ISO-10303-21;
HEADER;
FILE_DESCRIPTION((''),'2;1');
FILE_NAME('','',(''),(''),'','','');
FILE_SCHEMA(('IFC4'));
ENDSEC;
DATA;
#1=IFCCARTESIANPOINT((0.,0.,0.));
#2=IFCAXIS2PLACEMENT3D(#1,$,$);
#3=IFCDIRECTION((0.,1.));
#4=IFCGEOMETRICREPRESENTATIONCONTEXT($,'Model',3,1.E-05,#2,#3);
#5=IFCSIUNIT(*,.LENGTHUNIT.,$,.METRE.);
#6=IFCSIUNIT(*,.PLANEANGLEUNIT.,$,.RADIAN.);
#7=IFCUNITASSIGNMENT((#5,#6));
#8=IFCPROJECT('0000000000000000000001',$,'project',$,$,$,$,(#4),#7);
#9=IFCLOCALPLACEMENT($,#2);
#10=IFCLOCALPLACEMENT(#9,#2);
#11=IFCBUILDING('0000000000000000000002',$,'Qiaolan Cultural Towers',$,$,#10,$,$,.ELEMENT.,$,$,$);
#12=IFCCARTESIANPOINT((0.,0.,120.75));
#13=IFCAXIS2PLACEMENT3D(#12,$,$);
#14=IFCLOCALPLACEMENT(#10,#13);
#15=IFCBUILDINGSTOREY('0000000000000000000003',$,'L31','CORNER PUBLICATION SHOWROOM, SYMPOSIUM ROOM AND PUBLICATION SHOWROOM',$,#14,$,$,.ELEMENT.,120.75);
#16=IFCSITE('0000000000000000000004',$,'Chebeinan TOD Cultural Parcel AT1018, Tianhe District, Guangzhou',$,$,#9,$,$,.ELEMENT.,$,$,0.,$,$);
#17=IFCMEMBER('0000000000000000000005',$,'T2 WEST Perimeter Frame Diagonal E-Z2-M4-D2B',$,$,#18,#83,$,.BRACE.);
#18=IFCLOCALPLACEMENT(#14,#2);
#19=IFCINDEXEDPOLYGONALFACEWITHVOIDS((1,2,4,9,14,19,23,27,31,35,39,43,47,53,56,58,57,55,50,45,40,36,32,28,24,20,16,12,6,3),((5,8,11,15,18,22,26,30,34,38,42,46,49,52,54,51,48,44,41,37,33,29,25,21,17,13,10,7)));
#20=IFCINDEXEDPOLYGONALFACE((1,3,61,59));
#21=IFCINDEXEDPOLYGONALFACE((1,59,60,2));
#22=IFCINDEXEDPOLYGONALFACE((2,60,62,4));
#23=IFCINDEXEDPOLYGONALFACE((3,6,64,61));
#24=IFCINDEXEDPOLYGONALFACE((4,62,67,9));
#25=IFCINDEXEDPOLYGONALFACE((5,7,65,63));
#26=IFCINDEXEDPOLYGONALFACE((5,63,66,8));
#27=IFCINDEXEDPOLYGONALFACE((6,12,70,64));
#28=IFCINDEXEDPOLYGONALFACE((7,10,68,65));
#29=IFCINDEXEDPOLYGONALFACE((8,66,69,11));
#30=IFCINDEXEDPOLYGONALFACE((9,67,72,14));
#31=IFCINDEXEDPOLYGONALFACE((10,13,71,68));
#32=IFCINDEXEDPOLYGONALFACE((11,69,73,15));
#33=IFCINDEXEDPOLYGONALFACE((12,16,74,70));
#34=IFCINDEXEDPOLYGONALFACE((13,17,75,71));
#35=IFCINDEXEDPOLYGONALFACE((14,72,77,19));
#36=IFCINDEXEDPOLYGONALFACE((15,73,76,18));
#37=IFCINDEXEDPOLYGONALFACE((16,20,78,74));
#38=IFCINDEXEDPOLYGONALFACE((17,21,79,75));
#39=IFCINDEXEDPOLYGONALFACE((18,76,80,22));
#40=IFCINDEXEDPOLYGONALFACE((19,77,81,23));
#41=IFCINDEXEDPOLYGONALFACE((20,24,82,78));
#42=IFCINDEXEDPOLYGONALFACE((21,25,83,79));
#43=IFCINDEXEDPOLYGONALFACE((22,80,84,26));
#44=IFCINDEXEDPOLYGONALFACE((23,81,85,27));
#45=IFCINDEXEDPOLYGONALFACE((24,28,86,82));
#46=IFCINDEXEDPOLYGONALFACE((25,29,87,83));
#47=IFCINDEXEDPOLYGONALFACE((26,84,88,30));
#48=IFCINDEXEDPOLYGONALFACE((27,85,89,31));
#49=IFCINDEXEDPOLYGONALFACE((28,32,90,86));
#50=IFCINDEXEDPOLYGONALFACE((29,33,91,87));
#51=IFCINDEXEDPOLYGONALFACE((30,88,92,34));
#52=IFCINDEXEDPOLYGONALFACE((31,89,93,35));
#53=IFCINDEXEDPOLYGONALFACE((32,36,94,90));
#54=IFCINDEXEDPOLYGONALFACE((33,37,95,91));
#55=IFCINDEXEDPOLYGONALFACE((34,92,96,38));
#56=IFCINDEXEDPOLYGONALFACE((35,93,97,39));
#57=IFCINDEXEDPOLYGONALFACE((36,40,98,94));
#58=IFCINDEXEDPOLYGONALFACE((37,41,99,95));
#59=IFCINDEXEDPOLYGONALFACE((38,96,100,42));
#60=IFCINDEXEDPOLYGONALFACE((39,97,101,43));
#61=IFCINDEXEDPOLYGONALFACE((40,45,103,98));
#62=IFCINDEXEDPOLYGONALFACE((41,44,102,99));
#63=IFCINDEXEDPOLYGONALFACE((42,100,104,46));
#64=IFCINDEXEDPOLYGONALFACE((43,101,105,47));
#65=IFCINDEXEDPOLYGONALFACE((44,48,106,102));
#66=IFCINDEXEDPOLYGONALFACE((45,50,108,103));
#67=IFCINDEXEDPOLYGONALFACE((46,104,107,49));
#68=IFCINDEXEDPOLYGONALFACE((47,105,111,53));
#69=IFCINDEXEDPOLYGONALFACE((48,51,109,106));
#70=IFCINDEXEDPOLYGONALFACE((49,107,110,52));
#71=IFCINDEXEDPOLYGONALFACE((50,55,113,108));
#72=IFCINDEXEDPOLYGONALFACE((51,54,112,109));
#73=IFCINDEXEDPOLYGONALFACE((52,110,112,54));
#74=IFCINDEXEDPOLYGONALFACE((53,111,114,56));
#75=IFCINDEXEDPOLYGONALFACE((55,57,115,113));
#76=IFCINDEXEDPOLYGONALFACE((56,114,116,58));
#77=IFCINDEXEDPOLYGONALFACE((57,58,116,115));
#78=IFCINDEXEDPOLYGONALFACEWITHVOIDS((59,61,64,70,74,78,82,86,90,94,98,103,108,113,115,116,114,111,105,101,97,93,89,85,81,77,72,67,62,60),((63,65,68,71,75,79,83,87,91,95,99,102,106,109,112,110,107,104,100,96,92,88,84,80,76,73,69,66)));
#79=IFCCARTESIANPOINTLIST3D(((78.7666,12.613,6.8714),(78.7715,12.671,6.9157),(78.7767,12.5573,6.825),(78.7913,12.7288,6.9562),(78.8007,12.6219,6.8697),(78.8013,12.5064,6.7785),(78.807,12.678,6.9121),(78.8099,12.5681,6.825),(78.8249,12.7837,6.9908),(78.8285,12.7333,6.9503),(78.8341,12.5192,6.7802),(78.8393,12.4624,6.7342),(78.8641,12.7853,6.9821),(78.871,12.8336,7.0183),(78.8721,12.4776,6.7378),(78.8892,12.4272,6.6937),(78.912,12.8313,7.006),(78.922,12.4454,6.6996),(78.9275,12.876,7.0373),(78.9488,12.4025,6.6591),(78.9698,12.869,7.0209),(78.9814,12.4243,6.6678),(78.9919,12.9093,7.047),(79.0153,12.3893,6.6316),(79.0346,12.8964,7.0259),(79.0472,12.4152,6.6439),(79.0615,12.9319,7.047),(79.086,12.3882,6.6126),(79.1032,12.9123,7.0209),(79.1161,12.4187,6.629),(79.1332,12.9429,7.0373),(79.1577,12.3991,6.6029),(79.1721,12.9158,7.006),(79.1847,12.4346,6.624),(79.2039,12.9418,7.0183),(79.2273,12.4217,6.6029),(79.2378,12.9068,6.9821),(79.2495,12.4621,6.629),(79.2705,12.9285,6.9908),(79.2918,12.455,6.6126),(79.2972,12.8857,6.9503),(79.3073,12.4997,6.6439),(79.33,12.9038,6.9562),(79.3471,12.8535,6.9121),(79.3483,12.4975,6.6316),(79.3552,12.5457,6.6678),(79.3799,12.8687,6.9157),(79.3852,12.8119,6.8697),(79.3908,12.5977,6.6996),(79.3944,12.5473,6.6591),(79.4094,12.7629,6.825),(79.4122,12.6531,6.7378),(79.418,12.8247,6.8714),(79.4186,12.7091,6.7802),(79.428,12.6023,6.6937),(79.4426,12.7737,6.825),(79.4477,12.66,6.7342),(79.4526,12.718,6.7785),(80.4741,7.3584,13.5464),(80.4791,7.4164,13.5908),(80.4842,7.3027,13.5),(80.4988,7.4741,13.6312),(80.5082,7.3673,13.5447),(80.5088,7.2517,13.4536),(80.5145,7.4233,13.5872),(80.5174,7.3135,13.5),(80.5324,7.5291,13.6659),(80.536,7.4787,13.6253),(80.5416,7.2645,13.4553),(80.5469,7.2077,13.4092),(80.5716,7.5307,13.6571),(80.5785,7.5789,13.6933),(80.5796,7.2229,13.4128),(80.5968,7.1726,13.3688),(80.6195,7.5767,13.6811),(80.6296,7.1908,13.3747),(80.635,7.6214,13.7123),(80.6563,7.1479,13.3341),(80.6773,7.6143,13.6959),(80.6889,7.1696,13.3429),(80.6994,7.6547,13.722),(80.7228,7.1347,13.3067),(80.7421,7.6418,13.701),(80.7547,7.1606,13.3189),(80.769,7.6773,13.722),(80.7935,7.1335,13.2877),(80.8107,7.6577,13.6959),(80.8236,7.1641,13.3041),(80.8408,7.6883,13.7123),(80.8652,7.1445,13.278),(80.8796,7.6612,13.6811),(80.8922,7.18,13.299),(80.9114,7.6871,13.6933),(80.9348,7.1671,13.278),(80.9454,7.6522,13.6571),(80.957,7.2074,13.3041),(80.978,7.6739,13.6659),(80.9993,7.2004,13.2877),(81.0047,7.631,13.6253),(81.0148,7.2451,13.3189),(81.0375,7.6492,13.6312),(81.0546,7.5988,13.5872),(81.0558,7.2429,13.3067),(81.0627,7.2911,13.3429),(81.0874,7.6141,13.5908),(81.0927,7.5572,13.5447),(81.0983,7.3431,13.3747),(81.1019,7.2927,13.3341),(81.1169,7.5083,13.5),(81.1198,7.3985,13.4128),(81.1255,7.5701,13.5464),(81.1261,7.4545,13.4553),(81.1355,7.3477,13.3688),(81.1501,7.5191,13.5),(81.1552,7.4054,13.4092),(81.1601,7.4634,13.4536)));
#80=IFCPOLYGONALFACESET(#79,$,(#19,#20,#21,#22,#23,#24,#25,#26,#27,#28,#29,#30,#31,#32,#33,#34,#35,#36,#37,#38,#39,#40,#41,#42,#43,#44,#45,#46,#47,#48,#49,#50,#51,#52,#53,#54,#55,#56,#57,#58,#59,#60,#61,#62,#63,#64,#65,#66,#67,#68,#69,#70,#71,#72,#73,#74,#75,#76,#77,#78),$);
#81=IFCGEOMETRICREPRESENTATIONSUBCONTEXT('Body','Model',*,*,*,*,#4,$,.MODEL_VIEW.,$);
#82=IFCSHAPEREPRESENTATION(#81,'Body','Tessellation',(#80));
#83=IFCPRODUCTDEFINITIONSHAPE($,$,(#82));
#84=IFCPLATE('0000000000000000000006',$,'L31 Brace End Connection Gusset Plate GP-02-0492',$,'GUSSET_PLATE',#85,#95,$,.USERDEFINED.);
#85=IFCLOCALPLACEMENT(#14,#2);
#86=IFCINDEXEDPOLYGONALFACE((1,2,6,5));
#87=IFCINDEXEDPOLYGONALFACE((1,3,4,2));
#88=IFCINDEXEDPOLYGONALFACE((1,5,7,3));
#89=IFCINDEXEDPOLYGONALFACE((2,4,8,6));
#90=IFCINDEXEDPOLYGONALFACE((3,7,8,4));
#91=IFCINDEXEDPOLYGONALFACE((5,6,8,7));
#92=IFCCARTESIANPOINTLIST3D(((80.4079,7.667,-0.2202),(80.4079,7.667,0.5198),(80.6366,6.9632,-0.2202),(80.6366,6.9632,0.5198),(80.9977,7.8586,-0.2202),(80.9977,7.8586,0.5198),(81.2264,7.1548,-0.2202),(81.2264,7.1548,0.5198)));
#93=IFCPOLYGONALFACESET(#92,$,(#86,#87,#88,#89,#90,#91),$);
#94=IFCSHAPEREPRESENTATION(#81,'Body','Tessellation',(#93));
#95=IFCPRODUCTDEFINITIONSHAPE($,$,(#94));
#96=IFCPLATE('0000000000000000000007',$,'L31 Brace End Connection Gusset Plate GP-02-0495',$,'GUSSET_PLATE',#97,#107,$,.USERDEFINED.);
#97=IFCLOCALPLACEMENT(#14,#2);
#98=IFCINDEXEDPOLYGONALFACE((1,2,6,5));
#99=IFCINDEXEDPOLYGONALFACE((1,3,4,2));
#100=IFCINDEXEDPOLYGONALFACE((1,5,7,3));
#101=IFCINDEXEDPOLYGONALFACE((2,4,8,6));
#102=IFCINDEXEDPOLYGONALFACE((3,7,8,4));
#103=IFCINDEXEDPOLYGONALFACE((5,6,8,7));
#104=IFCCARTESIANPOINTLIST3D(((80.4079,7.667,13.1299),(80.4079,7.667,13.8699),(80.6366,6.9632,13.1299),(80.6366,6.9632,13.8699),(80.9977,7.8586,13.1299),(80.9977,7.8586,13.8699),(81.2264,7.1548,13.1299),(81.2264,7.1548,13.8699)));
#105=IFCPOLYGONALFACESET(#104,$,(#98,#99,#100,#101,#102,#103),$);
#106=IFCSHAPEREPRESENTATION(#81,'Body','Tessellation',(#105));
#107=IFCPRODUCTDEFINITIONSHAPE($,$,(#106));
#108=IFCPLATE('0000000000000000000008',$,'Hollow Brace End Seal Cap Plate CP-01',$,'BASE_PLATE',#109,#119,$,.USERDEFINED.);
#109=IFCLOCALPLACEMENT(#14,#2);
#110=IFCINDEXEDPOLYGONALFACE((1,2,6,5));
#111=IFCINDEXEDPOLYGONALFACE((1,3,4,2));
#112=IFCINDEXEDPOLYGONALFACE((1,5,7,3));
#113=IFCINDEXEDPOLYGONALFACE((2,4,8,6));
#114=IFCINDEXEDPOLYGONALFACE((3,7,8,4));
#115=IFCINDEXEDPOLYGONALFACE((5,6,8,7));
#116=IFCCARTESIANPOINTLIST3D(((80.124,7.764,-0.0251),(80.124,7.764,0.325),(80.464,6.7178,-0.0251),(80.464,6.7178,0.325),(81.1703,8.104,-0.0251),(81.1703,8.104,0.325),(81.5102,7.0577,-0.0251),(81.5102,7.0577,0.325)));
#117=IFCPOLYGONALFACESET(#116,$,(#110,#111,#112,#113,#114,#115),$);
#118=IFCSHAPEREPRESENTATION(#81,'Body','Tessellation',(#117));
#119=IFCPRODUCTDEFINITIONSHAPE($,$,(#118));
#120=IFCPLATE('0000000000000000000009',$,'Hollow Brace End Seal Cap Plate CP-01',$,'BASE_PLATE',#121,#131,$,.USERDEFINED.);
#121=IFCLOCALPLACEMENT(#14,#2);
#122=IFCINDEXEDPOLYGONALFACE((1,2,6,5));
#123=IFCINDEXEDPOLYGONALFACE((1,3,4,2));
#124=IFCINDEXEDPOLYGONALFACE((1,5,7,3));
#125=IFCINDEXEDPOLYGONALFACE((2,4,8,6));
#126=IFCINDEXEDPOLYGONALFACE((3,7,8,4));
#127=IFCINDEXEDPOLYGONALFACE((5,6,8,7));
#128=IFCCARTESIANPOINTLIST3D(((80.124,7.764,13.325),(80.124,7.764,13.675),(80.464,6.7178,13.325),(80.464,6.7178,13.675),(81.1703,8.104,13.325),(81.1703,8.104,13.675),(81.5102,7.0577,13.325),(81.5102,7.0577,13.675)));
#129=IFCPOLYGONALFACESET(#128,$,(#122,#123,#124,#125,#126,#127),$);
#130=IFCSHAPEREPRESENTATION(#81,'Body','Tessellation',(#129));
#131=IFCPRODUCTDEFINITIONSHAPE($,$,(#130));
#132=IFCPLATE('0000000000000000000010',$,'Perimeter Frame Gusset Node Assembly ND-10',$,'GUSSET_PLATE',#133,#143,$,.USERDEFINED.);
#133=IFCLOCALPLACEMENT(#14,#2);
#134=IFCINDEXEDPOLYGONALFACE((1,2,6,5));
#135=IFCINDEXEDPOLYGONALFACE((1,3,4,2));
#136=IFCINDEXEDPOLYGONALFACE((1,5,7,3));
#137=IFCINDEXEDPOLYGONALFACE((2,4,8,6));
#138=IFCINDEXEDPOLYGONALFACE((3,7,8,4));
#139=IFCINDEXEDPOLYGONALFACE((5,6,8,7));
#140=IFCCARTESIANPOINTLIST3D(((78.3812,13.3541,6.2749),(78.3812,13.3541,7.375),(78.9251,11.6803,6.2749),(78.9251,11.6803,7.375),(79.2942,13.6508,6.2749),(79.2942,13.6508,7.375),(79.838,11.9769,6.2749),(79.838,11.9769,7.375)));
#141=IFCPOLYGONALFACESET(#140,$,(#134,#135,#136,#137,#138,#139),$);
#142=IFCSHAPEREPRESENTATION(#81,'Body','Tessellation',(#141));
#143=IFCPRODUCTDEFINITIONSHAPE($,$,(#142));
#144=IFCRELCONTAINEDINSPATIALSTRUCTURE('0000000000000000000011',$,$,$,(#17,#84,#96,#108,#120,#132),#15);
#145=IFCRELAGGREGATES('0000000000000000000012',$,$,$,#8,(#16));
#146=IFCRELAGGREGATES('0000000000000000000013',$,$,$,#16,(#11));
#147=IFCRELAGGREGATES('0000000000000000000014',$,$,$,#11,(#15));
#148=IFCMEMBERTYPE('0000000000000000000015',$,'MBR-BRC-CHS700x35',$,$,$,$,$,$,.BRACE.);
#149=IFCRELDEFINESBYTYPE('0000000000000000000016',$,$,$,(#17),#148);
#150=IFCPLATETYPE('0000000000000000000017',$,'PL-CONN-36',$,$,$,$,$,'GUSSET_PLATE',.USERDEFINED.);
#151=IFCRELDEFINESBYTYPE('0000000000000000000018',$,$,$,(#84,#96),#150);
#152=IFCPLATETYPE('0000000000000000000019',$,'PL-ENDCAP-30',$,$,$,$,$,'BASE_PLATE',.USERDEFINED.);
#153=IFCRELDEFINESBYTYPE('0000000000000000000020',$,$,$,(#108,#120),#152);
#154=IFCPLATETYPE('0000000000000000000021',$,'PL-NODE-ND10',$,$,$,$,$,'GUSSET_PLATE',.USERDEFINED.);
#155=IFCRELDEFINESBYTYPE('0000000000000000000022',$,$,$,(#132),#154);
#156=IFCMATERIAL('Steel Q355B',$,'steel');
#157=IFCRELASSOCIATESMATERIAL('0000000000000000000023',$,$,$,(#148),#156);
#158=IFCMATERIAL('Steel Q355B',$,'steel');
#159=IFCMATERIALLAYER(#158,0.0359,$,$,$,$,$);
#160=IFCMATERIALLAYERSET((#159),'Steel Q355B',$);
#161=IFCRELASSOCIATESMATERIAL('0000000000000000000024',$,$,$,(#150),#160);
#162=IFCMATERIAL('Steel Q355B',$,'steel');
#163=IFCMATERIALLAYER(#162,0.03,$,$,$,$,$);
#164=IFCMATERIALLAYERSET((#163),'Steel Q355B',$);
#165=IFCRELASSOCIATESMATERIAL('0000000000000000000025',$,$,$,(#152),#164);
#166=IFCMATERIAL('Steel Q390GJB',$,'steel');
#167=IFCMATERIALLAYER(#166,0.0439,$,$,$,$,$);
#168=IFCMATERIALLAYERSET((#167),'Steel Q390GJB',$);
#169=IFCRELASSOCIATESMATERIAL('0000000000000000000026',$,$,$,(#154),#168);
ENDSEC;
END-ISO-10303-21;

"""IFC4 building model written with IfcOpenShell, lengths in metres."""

from ifc_helpers import new_model, si_unit, direction, frame, origin, origin_2d, place, context, subcontext, project, spatial, rectangle, hollow_circle, extrude, material, layer, layer_set, material_profile, profile_set, type_object, element, save


model = new_model("IFC4")

# Units and contexts
model_context = context("Model", 3, precision=1e-05, world=origin(), true_north=direction((0.0, 1.0)))
body_context = subcontext(model_context, "Body", "Model", "MODEL_VIEW")
ifc_project = project(units=[si_unit("LENGTHUNIT", "METRE"), si_unit("PLANEANGLEUNIT", "RADIAN")], contexts=[model_context])

# Site, building, storey
site_placement = place(None, origin())
site = spatial("IfcSite", under=ifc_project, at=site_placement, Name="Chebeinan TOD Cultural Parcel AT1018, Tianhe District, Guangzhou", CompositionType="ELEMENT", RefElevation=0.0)
building_placement = place(site_placement, origin())
building = spatial("IfcBuilding", under=site, at=building_placement, Name="Qiaolan Cultural Towers", CompositionType="ELEMENT")
storey_placement = place(building_placement, frame((0.0, 0.0, 120.75)))
storey = spatial("IfcBuildingStorey", under=building, at=storey_placement, Name="L31", Description="CORNER PUBLICATION SHOWROOM, SYMPOSIUM ROOM AND PUBLICATION SHOWROOM", CompositionType="ELEMENT", Elevation=120.75)

# Member
ifc_material_1 = material(Name="Steel Q355B", Category="steel")
ifc_material_profile_1 = material_profile(ifc_material_1, hollow_circle(Radius=0.3501, WallThickness=0.0349, at=origin_2d()), Name="CHS700x35")
ifc_profile_set_1 = profile_set([ifc_material_profile_1], Name="Steel Q355B")
member_type = type_object("IfcMemberType", Name="MBR-BRC-CHS700x35", PredefinedType="BRACE", material=ifc_profile_set_1)
for number, where, z_axis, x_axis, name in (
    (1, (79.1096, 12.6655, 6.825), (0.197058, -0.606417, 0.770341), (0.951047, 0.309047, 0.0), "T2 WEST Perimeter Frame Diagonal E-Z2-M4-D2B"),
):
    element("IfcMember", number, at=place(storey_placement, frame(where, z_axis=z_axis, x_axis=x_axis)), inside=storey, type_object=member_type, Name=name, PredefinedType="BRACE", context=body_context, shape_type="SweptSolid", body=[
        extrude(hollow_circle(Radius=0.3501, WallThickness=0.0349, at=origin_2d()), origin(), (0.0, 0.0, 1.0), 8.665),
    ])

# Plates
ifc_material_2 = material(Name="Steel Q355B", Category="steel")
ifc_layer_1 = layer(ifc_material_2, 0.0359)
ifc_layer_set_1 = layer_set([ifc_layer_1], Name="Steel Q355B")
plate_type_1 = type_object("IfcPlateType", Name="PL-CONN-36", ElementType="GUSSET_PLATE", PredefinedType="USERDEFINED", material=ifc_layer_set_1)
for number, where, z_axis, x_axis, name in (
    (2, (80.8171, 7.4109, -0.2202), (0.0, 0.0, 1.0), (-0.309017, 0.951057, 0.0), "L31 Brace End Connection Gusset Plate GP-02-0492"),
    (3, (80.8171, 7.4109, 13.1299), (0.0, 0.0, 1.0), (-0.309017, 0.951057, 0.0), "L31 Brace End Connection Gusset Plate GP-02-0495"),
):
    element("IfcPlate", number, at=place(storey_placement, frame(where, z_axis=z_axis, x_axis=x_axis)), inside=storey, type_object=plate_type_1, Name=name, ObjectType="GUSSET_PLATE", PredefinedType="USERDEFINED", context=body_context, shape_type="SweptSolid", body=[
        extrude(rectangle(XDim=0.74, YDim=0.6201, at=origin_2d()), origin(), (0.0, 0.0, 1.0), 0.74),
    ])
ifc_material_3 = material(Name="Steel Q355B", Category="steel")
ifc_layer_2 = layer(ifc_material_3, 0.03)
ifc_layer_set_2 = layer_set([ifc_layer_2], Name="Steel Q355B")
plate_type_2 = type_object("IfcPlateType", Name="PL-ENDCAP-30", ElementType="BASE_PLATE", PredefinedType="USERDEFINED", material=ifc_layer_set_2)
for number, where, z_axis, x_axis, name in (
    (4, (80.8171, 7.4109, -0.0251), (0.0, 0.0, 1.0), (-0.309017, 0.951057, 0.0), "Hollow Brace End Seal Cap Plate CP-01"),
    (5, (80.8171, 7.4109, 13.325), (0.0, 0.0, 1.0), (-0.309017, 0.951057, 0.0), "Hollow Brace End Seal Cap Plate CP-01"),
):
    element("IfcPlate", number, at=place(storey_placement, frame(where, z_axis=z_axis, x_axis=x_axis)), inside=storey, type_object=plate_type_2, Name=name, ObjectType="BASE_PLATE", PredefinedType="USERDEFINED", context=body_context, shape_type="SweptSolid", body=[
        extrude(rectangle(XDim=1.1001, YDim=1.1001, at=origin_2d()), origin(), (0.0, 0.0, 1.0), 0.3501),
    ])
ifc_material_4 = material(Name="Steel Q390GJB", Category="steel")
ifc_layer_3 = layer(ifc_material_4, 0.0439)
ifc_layer_set_3 = layer_set([ifc_layer_3], Name="Steel Q390GJB")
plate_type_3 = type_object("IfcPlateType", Name="PL-NODE-ND10", ElementType="GUSSET_PLATE", PredefinedType="USERDEFINED", material=ifc_layer_set_3)
plate_placement = place(storey_placement, frame((79.1096, 12.6655, 6.2749), z_axis=(0.0, 0.0, 1.0), x_axis=(-0.309017, 0.951057, 0.0)))
element("IfcPlate", 6, at=plate_placement, inside=storey, type_object=plate_type_3, Name="Perimeter Frame Gusset Node Assembly ND-10", ObjectType="GUSSET_PLATE", PredefinedType="USERDEFINED", context=body_context, shape_type="SweptSolid", body=[
    extrude(rectangle(XDim=1.76, YDim=0.96, at=origin_2d()), origin(), (0.0, 0.0, 1.0), 1.1001),
])

save(model, "model.ifc")
